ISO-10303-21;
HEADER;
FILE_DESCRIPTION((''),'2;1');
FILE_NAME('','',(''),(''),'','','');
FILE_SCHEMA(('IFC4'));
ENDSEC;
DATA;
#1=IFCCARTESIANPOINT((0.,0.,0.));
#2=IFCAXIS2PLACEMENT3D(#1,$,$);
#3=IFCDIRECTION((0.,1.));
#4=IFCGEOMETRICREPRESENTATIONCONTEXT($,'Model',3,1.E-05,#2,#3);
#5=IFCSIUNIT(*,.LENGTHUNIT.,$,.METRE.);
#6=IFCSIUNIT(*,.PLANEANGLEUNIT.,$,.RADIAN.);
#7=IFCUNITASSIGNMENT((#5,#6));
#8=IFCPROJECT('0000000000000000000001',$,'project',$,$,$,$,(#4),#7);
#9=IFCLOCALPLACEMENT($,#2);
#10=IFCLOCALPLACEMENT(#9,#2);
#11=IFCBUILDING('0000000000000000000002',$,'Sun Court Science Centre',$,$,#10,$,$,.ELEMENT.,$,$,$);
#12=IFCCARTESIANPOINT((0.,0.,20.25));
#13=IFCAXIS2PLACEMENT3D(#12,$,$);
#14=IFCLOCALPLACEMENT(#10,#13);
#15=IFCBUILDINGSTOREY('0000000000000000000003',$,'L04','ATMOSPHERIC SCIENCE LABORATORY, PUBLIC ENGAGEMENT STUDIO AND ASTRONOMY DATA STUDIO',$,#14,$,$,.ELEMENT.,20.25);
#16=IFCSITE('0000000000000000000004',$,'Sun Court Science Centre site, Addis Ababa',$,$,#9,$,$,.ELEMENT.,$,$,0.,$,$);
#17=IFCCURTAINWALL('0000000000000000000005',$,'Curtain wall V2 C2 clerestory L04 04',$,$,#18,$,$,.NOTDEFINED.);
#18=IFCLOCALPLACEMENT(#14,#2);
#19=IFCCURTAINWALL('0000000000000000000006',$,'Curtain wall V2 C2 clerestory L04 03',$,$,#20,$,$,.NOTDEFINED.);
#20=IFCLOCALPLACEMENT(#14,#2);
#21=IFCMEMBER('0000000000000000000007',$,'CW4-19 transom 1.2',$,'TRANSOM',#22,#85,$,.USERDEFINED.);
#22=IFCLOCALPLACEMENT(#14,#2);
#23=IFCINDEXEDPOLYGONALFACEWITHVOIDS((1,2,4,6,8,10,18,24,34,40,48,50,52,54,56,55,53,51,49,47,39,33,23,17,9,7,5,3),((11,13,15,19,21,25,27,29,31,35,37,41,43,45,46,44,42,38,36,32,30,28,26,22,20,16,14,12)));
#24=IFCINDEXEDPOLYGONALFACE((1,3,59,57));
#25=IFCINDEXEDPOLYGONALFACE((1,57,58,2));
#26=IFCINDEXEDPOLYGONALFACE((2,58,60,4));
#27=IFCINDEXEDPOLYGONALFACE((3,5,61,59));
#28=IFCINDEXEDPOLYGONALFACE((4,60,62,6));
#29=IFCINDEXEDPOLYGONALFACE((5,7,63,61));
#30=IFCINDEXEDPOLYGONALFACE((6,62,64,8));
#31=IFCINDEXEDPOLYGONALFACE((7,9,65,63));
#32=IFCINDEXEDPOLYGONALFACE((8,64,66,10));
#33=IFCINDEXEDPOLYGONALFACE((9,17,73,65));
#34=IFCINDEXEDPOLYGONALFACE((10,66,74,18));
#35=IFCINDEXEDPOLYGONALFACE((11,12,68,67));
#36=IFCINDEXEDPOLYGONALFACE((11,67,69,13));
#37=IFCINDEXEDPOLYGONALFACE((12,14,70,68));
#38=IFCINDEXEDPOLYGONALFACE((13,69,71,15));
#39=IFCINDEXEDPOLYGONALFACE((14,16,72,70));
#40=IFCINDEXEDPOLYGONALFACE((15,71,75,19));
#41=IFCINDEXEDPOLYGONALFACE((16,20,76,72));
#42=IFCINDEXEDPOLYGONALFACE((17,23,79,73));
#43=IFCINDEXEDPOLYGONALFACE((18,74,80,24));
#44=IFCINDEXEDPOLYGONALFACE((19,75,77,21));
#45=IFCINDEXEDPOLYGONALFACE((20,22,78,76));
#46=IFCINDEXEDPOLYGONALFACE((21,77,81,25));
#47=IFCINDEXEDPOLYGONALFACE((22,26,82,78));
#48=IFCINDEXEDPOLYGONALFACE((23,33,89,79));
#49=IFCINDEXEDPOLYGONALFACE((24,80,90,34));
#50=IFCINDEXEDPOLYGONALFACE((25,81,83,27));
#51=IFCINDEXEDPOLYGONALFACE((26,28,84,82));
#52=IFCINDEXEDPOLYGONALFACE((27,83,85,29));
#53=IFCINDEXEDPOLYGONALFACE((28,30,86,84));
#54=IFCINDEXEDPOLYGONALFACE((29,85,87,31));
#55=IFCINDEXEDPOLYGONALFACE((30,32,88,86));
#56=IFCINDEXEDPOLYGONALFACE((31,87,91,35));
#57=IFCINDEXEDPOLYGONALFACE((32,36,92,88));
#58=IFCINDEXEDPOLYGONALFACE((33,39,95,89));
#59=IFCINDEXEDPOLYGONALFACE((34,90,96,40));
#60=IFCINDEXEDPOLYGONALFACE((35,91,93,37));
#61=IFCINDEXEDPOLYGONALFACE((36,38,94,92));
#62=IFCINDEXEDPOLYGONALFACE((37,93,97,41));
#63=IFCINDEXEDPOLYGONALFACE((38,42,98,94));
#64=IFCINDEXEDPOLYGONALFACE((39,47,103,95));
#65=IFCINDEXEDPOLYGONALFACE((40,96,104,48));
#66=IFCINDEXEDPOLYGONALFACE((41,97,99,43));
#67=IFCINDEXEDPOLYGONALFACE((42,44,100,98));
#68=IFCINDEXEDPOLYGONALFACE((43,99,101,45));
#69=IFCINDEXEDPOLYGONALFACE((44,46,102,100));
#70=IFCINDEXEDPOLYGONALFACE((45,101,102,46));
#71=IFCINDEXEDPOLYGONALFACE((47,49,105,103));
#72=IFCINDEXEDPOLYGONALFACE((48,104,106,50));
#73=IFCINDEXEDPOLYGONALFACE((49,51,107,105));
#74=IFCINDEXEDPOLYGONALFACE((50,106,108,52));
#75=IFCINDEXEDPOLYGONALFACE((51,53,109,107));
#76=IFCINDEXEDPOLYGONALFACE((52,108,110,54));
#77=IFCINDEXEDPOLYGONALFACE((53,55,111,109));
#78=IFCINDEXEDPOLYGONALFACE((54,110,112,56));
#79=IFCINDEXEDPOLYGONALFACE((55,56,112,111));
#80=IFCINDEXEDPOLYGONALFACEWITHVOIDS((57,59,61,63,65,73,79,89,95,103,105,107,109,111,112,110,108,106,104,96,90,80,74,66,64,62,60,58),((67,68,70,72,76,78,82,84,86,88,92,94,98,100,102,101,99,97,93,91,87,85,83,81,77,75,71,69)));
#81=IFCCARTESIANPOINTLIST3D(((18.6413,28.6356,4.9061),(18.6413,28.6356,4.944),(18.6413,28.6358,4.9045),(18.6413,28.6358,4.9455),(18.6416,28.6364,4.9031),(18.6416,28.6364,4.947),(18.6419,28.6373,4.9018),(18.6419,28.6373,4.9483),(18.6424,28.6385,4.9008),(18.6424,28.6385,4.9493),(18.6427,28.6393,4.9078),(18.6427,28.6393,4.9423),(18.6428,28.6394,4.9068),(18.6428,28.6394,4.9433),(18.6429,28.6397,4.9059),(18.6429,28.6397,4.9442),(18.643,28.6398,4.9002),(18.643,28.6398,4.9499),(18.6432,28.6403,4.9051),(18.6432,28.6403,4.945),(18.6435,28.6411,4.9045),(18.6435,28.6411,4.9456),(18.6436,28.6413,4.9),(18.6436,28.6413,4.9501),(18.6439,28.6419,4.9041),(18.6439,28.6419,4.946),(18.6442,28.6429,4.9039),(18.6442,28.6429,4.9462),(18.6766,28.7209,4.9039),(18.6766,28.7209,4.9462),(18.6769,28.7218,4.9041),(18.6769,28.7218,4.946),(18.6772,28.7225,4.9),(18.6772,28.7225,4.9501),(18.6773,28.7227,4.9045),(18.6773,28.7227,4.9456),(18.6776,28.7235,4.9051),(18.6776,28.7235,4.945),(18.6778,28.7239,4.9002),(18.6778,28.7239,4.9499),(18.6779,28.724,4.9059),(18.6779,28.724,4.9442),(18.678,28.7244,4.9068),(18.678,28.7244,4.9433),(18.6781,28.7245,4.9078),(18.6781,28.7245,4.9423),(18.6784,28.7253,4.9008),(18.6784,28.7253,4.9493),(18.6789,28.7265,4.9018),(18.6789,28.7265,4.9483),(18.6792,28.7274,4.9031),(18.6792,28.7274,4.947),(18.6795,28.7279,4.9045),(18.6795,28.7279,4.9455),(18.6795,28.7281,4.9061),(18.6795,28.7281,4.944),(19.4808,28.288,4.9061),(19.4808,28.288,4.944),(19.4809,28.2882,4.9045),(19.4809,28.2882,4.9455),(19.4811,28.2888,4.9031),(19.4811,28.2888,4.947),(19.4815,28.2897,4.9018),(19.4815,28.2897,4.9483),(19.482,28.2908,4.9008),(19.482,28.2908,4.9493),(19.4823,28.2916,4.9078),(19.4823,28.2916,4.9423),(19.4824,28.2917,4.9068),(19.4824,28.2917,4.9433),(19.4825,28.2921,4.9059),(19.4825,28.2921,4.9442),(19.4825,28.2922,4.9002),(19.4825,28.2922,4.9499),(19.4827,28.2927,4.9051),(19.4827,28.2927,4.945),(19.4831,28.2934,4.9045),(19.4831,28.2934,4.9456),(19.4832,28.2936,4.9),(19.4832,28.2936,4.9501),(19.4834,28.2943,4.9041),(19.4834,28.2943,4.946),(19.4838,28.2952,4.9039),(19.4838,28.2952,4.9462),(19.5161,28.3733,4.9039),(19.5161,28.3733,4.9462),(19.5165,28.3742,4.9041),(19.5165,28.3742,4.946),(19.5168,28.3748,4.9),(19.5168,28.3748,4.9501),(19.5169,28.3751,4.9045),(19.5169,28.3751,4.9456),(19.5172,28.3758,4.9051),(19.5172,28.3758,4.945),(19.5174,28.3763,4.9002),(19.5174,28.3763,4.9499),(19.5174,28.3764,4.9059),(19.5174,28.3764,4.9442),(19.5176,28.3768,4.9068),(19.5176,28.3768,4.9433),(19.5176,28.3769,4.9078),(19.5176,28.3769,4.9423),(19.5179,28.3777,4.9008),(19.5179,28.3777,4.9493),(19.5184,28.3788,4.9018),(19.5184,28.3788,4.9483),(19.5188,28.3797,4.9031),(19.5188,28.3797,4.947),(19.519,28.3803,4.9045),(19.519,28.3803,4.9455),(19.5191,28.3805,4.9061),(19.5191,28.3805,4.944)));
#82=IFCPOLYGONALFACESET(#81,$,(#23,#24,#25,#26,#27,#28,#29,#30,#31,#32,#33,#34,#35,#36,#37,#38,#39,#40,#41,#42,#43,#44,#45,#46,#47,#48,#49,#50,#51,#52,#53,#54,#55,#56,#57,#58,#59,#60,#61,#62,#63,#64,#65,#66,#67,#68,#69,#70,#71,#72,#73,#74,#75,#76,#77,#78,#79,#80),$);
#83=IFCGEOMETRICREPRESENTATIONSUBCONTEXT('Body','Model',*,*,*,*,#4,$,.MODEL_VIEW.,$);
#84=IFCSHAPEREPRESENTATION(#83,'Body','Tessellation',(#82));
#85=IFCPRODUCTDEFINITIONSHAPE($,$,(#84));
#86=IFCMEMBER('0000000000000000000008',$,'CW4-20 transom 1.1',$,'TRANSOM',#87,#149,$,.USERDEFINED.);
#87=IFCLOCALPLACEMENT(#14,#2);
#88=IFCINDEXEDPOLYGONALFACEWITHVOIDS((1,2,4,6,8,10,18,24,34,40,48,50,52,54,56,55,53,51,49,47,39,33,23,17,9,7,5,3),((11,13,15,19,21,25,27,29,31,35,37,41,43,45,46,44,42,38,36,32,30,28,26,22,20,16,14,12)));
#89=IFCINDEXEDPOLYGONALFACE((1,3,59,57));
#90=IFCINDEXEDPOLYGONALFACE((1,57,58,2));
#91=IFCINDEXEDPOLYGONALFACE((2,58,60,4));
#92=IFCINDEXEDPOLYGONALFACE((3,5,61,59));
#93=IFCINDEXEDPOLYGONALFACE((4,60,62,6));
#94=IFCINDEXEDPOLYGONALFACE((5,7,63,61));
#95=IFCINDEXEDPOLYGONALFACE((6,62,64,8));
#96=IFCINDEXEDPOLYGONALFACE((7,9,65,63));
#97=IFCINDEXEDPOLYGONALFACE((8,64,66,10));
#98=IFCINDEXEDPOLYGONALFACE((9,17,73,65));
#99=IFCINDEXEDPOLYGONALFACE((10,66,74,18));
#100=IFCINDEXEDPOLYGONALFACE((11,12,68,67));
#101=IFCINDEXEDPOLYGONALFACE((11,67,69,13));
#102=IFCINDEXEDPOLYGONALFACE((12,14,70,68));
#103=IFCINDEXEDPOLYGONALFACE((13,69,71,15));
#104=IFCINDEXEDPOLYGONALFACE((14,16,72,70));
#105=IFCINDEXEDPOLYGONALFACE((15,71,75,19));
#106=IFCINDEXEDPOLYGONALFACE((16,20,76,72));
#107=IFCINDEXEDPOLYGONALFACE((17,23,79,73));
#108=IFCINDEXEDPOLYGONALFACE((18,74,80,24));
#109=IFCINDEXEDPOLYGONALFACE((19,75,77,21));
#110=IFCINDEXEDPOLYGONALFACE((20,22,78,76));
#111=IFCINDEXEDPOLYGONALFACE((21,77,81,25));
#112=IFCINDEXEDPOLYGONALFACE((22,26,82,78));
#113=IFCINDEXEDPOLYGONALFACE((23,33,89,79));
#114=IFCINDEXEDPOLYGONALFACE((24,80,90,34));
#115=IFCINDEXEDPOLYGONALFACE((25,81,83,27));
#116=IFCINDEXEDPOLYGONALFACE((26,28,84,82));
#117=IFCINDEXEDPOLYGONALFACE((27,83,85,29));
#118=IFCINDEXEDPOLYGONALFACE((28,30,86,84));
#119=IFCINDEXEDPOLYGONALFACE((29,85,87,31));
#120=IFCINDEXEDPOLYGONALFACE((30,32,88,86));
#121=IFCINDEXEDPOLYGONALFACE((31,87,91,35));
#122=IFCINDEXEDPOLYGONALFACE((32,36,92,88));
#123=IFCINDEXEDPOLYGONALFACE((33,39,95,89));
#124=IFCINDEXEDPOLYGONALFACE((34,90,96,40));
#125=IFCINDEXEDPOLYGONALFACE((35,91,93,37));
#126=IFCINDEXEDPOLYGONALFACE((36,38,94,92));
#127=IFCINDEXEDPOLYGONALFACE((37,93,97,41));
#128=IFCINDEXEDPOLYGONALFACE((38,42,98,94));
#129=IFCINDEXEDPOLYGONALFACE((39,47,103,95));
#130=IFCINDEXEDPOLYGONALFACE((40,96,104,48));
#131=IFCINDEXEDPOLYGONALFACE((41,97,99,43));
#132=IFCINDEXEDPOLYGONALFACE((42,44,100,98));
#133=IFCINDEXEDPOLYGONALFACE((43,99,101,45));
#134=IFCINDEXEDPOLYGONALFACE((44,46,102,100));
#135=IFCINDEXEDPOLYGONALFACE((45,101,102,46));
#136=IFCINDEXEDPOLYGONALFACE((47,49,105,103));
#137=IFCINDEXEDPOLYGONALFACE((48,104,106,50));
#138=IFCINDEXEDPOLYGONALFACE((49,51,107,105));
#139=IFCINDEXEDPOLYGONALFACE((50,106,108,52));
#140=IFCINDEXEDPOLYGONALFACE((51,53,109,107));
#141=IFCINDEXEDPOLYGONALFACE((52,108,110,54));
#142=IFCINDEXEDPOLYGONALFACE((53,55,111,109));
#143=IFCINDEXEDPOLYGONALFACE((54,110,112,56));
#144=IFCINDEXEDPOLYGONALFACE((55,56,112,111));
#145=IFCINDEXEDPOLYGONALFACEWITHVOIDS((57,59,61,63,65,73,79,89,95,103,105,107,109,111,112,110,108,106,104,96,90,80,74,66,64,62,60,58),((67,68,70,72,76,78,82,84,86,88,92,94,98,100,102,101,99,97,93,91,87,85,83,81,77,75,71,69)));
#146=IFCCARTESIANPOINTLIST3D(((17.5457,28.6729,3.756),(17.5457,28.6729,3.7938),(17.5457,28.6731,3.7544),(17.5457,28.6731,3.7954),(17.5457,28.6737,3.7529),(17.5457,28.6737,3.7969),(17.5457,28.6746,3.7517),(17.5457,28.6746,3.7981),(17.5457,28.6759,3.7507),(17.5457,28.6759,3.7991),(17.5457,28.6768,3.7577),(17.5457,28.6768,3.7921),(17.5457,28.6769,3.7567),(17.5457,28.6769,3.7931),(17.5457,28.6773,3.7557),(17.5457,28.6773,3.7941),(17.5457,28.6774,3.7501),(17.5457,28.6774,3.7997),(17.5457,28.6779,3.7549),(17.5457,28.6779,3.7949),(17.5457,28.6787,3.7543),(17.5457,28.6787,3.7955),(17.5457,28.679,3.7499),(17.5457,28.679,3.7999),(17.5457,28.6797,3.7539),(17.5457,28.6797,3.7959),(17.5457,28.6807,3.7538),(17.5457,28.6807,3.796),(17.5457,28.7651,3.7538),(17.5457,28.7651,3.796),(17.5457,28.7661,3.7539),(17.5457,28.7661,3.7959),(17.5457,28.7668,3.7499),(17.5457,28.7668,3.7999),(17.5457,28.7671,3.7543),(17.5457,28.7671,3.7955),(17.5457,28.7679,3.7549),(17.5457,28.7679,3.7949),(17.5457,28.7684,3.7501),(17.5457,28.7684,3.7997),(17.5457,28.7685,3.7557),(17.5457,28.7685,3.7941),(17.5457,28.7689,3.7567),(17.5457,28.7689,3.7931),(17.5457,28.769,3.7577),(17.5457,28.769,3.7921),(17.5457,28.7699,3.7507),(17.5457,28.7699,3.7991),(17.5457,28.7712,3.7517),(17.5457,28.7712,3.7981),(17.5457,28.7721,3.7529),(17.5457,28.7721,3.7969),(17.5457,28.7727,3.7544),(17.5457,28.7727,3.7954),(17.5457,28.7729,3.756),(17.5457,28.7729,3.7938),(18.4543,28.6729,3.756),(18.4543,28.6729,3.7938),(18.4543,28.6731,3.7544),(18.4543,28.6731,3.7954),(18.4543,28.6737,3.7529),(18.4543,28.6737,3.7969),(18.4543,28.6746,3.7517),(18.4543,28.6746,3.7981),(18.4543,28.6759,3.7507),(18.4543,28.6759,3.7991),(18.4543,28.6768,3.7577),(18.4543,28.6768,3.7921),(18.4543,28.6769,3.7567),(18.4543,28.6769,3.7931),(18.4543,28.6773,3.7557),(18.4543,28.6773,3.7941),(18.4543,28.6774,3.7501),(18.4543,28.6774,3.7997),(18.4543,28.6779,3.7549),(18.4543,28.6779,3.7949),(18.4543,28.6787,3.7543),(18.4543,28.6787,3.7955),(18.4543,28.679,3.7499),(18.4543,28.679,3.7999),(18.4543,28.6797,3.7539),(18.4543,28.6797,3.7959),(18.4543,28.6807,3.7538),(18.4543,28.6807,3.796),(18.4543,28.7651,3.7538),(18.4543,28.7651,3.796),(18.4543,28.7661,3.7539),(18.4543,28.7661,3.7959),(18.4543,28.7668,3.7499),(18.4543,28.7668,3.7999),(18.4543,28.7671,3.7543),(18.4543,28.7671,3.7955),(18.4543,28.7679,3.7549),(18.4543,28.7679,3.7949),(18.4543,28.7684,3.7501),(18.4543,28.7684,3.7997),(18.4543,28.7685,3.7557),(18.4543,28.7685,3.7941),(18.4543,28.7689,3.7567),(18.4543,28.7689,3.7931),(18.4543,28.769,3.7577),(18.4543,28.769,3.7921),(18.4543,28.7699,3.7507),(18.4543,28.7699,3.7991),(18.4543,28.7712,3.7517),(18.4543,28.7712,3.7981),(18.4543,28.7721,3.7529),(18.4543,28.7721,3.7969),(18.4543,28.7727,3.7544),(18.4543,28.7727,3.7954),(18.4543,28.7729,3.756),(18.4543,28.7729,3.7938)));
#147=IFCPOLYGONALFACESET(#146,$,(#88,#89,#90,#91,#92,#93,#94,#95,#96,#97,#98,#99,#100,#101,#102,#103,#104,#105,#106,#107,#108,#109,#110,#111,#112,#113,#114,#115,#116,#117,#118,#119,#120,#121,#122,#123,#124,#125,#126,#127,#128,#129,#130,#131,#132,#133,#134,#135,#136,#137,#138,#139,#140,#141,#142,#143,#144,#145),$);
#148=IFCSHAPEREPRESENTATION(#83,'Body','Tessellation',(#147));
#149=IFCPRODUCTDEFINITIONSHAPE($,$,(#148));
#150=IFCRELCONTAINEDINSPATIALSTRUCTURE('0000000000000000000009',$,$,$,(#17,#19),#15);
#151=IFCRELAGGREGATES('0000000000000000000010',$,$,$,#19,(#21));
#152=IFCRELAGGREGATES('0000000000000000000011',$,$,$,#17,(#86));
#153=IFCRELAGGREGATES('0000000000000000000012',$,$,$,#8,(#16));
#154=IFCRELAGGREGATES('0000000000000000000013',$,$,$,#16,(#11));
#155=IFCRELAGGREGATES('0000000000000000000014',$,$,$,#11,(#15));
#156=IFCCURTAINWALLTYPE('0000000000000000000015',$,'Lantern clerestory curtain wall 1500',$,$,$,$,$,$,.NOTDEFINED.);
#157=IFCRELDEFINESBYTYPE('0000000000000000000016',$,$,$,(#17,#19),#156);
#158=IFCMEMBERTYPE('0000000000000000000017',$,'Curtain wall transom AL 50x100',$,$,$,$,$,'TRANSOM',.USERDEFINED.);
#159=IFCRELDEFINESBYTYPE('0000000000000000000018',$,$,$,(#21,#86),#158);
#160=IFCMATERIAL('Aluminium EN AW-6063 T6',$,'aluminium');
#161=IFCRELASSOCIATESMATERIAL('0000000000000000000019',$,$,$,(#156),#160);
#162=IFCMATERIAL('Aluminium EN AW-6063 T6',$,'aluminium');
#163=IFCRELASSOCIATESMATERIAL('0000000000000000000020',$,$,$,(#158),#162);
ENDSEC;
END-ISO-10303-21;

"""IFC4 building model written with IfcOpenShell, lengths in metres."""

from ifc_helpers import new_model, si_unit, direction, frame, origin, origin_2d, place, context, subcontext, project, spatial, hollow_rectangle, extrude, material, material_profile, profile_set, type_object, element, aggregate, save


model = new_model("IFC4")

# Units and contexts
model_context = context("Model", 3, precision=1e-05, world=origin(), true_north=direction((0.0, 1.0)))
body_context = subcontext(model_context, "Body", "Model", "MODEL_VIEW")
ifc_project = project(units=[si_unit("LENGTHUNIT", "METRE"), si_unit("PLANEANGLEUNIT", "RADIAN")], contexts=[model_context])

# Site, building, storey
site_placement = place(None, origin())
site = spatial("IfcSite", under=ifc_project, at=site_placement, Name="Sun Court Science Centre site, Addis Ababa", CompositionType="ELEMENT", RefElevation=0.0)
building_placement = place(site_placement, origin())
building = spatial("IfcBuilding", under=site, at=building_placement, Name="Sun Court Science Centre", CompositionType="ELEMENT")
storey_placement = place(building_placement, frame((0.0, 0.0, 20.25)))
storey = spatial("IfcBuildingStorey", under=building, at=storey_placement, Name="L04", Description="ATMOSPHERIC SCIENCE LABORATORY, PUBLIC ENGAGEMENT STUDIO AND ASTRONOMY DATA STUDIO", CompositionType="ELEMENT", Elevation=20.25)

# Curtain wall
ifc_material_1 = material(Name="Aluminium EN AW-6063 T6", Category="aluminium")
curtain_wall_type = type_object("IfcCurtainWallType", Name="Lantern clerestory curtain wall 1500", PredefinedType="NOTDEFINED", material=ifc_material_1)
curtain_wall_1_placement = place(storey_placement, origin())
curtain_wall_1 = element("IfcCurtainWall", 1, at=curtain_wall_1_placement, inside=storey, type_object=curtain_wall_type, Name="Curtain wall V2 C2 clerestory L04 04", PredefinedType="NOTDEFINED")

# Curtain wall, member
ifc_material_2 = material(Name="Aluminium EN AW-6063 T6", Category="aluminium")
ifc_material_profile_1 = material_profile(ifc_material_2, hollow_rectangle(XDim=0.05, YDim=0.1001, WallThickness=0.0039, InnerFilletRadius=0.0039, OuterFilletRadius=0.0061, at=origin_2d()), Name="AL 50x100x4")
ifc_profile_set_1 = profile_set([ifc_material_profile_1], Name="Aluminium EN AW-6063 T6")
member_type_1 = type_object("IfcMemberType", Name="Curtain wall transom AL 50x100", ElementType="TRANSOM", PredefinedType="USERDEFINED", material=ifc_profile_set_1)
curtain_wall_2_placement = place(storey_placement, origin())
curtain_wall_2 = element("IfcCurtainWall", 2, at=curtain_wall_2_placement, inside=storey, type_object=curtain_wall_type, Name="Curtain wall V2 C2 clerestory L04 03", PredefinedType="NOTDEFINED")
member_1_placement = place(storey_placement, frame((18.6604, 28.6819, 4.925), z_axis=(0.923925, -0.382573, 0.0), x_axis=(0.0, 0.0, 1.0)))
member_1 = element("IfcMember", 3, at=member_1_placement, type_object=member_type_1, Name="CW4-19 transom 1.2", ObjectType="TRANSOM", PredefinedType="USERDEFINED", context=body_context, shape_type="SweptSolid", body=[
    extrude(hollow_rectangle(XDim=0.05, YDim=0.1001, WallThickness=0.0039, InnerFilletRadius=0.0039, OuterFilletRadius=0.0061, at=origin_2d()), origin(), (0.0, 0.0, 1.0), 0.9087),
])

# Member
member_2_placement = place(storey_placement, frame((17.5457, 28.7229, 3.7749), z_axis=(1.0, 0.0, 0.0), x_axis=(0.0, 0.0, 1.0)))
member_2 = element("IfcMember", 4, at=member_2_placement, type_object=member_type_1, Name="CW4-20 transom 1.1", ObjectType="TRANSOM", PredefinedType="USERDEFINED", context=body_context, shape_type="SweptSolid", body=[
    extrude(hollow_rectangle(XDim=0.05, YDim=0.1001, WallThickness=0.0039, InnerFilletRadius=0.0039, OuterFilletRadius=0.0061, at=origin_2d()), origin(), (0.0, 0.0, 1.0), 0.9087),
])

aggregate(curtain_wall_2, [member_1])
aggregate(curtain_wall_1, [member_2])

save(model, "model.ifc")
